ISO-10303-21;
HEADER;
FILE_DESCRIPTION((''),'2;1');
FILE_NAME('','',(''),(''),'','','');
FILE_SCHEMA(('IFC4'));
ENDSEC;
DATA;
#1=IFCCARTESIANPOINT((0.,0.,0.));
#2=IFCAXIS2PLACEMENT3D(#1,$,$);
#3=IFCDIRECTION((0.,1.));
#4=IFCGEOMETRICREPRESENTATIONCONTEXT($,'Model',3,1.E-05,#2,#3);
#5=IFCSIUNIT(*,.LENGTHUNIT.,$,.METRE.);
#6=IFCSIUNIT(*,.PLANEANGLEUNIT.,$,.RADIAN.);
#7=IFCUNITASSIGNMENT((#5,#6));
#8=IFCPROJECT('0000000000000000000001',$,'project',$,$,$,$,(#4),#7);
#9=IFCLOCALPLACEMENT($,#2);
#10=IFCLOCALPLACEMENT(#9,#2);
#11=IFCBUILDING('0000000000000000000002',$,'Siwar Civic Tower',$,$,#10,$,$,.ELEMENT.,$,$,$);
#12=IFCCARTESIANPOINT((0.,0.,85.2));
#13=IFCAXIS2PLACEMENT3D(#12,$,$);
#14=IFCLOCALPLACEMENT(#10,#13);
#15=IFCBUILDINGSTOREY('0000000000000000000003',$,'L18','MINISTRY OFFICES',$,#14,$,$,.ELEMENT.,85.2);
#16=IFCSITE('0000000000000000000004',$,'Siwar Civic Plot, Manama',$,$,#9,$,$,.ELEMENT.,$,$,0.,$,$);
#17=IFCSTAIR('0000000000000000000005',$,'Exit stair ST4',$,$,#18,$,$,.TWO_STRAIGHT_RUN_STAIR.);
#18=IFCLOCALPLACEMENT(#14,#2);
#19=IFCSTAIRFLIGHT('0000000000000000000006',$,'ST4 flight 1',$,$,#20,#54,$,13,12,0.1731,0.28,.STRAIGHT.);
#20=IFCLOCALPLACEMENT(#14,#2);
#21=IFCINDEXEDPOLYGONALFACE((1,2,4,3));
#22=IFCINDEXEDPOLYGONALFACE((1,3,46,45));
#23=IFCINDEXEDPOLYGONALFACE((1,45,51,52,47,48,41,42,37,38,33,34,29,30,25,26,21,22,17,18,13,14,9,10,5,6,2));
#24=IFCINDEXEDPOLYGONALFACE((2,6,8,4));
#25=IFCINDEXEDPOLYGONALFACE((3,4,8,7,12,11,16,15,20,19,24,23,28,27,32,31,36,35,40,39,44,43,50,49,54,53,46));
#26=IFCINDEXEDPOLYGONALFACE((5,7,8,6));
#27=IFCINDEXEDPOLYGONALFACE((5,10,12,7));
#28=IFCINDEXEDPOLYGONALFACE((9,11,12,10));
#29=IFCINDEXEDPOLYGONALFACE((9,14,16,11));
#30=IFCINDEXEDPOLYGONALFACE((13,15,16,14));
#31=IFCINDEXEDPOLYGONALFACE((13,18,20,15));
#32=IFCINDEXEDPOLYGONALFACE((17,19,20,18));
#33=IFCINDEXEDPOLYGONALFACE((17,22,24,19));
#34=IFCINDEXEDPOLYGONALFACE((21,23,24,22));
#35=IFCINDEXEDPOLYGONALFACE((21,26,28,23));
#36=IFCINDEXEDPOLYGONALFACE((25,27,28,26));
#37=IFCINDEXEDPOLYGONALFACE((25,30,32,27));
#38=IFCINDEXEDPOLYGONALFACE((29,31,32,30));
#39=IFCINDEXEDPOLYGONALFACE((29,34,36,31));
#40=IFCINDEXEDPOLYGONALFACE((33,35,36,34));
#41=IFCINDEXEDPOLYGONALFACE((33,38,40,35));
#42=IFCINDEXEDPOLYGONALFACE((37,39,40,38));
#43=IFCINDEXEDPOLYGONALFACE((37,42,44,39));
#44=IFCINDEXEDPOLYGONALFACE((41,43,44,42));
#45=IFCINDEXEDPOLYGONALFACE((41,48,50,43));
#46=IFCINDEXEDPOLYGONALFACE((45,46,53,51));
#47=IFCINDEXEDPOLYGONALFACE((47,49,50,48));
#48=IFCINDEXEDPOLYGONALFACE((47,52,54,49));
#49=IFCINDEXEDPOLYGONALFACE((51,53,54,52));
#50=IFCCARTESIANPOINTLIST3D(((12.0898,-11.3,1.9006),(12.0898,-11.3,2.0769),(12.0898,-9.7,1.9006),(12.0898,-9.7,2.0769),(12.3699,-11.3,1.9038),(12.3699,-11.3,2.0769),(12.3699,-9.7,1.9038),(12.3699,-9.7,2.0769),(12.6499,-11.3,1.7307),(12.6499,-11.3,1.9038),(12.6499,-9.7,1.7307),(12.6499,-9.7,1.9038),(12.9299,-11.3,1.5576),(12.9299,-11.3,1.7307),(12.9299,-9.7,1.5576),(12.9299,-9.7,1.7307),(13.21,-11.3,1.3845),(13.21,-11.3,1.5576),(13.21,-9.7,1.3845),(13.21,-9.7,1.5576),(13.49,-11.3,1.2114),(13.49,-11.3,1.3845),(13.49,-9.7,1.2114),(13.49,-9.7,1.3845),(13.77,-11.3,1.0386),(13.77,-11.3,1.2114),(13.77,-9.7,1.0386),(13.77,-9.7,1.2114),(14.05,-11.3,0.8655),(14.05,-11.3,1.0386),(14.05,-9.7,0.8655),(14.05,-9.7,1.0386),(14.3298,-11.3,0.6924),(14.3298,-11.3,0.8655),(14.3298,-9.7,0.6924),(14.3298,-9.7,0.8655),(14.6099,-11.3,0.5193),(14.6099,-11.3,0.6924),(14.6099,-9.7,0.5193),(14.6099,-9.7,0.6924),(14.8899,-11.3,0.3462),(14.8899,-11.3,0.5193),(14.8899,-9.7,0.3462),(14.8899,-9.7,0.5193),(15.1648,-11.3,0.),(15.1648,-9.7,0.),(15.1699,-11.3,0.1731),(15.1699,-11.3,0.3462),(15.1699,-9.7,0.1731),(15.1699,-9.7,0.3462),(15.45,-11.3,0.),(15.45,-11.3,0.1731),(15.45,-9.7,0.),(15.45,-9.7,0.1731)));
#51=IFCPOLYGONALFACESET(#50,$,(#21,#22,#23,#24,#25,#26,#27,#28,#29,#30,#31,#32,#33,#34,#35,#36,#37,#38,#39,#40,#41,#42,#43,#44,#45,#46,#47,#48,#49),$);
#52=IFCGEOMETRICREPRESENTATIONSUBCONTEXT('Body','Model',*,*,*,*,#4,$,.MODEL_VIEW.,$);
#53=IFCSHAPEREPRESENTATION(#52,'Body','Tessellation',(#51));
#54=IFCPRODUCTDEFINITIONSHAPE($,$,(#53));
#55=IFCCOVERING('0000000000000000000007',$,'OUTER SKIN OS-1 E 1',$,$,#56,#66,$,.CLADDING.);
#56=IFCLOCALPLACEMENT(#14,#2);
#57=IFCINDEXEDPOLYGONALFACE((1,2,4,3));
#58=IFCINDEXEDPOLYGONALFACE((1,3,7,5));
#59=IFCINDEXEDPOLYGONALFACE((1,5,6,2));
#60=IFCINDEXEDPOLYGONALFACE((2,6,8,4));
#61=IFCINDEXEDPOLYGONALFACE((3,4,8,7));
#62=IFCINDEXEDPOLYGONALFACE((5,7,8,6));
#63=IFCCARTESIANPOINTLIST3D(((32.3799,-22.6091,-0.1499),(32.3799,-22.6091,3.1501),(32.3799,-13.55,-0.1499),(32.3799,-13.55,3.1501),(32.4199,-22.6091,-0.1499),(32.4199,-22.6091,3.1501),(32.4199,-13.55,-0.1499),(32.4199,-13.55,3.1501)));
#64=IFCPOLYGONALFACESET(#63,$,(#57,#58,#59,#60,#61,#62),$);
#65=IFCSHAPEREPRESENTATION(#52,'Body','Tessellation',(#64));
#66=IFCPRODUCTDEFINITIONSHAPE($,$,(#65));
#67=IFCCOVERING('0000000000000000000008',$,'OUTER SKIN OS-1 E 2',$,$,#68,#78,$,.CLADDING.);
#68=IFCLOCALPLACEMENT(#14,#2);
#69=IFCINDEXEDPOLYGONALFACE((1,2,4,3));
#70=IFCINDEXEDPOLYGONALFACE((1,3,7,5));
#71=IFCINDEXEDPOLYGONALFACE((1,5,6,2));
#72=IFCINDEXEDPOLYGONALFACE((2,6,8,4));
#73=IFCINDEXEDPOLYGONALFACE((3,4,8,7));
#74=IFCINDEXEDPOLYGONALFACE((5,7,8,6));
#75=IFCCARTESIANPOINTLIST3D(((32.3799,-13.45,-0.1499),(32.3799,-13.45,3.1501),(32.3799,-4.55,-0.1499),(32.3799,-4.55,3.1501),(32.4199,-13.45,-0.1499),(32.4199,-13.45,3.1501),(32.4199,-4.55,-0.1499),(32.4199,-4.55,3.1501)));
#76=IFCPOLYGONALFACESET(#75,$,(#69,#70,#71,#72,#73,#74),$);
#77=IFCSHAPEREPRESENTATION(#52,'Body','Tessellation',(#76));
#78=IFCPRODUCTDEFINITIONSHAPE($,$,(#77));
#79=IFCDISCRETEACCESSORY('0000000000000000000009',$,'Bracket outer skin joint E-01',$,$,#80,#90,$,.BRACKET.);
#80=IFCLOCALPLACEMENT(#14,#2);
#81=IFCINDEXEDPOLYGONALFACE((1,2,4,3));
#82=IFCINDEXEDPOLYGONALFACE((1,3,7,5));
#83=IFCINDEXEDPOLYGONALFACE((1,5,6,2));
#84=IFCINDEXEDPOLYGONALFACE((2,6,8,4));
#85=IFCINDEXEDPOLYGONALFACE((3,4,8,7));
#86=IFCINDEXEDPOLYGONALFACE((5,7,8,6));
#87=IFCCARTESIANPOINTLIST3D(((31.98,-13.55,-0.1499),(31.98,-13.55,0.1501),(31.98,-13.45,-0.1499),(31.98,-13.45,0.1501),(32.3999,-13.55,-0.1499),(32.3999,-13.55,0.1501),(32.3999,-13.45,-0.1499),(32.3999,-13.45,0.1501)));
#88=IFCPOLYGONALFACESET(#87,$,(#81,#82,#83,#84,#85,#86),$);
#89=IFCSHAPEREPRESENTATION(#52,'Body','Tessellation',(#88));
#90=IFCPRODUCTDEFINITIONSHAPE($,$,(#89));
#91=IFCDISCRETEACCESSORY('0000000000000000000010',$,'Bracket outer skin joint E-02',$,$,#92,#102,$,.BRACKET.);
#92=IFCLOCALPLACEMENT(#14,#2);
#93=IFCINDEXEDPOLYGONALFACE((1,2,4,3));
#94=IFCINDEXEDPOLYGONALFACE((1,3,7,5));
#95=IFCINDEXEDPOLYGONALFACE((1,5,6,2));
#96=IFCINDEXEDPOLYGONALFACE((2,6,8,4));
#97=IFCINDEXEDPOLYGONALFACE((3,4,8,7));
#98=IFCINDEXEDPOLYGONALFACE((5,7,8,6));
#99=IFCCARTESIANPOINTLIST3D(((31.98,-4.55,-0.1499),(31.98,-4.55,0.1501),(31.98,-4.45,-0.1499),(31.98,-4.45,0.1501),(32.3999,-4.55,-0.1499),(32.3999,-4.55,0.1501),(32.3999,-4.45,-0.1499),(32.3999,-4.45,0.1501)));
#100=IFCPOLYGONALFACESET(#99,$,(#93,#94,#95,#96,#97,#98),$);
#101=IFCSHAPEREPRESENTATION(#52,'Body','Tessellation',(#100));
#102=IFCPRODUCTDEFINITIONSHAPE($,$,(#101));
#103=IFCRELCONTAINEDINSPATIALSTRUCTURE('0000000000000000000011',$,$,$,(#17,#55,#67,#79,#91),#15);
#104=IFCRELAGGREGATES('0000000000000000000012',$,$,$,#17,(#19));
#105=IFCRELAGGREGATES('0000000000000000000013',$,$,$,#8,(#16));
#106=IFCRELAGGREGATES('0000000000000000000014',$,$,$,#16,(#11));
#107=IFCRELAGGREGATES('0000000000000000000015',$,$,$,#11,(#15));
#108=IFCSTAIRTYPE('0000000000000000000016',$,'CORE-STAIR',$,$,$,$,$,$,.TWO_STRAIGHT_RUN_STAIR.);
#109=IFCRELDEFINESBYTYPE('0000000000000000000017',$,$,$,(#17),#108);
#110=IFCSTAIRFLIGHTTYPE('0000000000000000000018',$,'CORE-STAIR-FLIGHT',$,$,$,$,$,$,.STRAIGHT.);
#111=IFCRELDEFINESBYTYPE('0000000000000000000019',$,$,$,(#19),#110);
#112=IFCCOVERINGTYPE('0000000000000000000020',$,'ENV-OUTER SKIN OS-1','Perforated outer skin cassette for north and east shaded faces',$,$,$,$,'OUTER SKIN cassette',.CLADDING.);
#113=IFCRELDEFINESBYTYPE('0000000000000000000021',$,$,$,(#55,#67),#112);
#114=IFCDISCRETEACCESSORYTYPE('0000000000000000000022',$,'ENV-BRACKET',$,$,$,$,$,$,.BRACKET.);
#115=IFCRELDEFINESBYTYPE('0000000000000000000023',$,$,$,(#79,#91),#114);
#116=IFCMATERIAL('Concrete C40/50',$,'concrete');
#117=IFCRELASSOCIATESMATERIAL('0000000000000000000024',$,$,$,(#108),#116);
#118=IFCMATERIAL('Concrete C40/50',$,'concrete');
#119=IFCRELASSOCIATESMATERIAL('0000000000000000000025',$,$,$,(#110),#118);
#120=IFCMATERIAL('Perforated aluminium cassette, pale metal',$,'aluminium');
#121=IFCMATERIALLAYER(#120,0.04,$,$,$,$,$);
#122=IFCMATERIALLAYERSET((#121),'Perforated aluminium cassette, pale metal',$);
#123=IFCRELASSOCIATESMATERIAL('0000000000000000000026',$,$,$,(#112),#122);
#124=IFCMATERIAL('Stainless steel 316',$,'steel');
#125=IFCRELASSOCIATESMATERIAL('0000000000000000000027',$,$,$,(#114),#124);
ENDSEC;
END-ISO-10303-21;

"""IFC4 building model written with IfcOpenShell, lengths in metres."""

from ifc_helpers import new_model, si_unit, direction, frame, origin, origin_2d, place, context, subcontext, project, spatial, polyline, rectangle, outline, extrude, material, layer, layer_set, type_object, element, aggregate, save


model = new_model("IFC4")

# Units and contexts
model_context = context("Model", 3, precision=1e-05, world=origin(), true_north=direction((0.0, 1.0)))
body_context = subcontext(model_context, "Body", "Model", "MODEL_VIEW")
ifc_project = project(units=[si_unit("LENGTHUNIT", "METRE"), si_unit("PLANEANGLEUNIT", "RADIAN")], contexts=[model_context])

# Site, building, storey
site_placement = place(None, origin())
site = spatial("IfcSite", under=ifc_project, at=site_placement, Name="Siwar Civic Plot, Manama", CompositionType="ELEMENT", RefElevation=0.0)
building_placement = place(site_placement, origin())
building = spatial("IfcBuilding", under=site, at=building_placement, Name="Siwar Civic Tower", CompositionType="ELEMENT")
storey_placement = place(building_placement, frame((0.0, 0.0, 85.2)))
storey = spatial("IfcBuildingStorey", under=building, at=storey_placement, Name="L18", Description="MINISTRY OFFICES", CompositionType="ELEMENT", Elevation=85.2)

# Stair, stair flight
ifc_material_1 = material(Name="Concrete C40/50", Category="concrete")
stair_type = type_object("IfcStairType", Name="CORE-STAIR", PredefinedType="TWO_STRAIGHT_RUN_STAIR", material=ifc_material_1)
stair_placement = place(storey_placement, origin())
stair = element("IfcStair", 1, at=stair_placement, inside=storey, type_object=stair_type, Name="Exit stair ST4", PredefinedType="TWO_STRAIGHT_RUN_STAIR")
ifc_material_2 = material(Name="Concrete C40/50", Category="concrete")
stair_flight_type = type_object("IfcStairFlightType", Name="CORE-STAIR-FLIGHT", PredefinedType="STRAIGHT", material=ifc_material_2)
stair_flight_placement = place(storey_placement, frame((15.45, -10.5, 0.0), z_axis=(0.0, 0.0, 1.0), x_axis=(-1.0, 0.0, 0.0)))
stair_flight = element("IfcStairFlight", 2, at=stair_flight_placement, type_object=stair_flight_type, Name="ST4 flight 1", NumberOfRisers=13, NumberOfTreads=12, PredefinedType="STRAIGHT", RiserHeight=0.1731, TreadLength=0.28, context=body_context, shape_type="SweptSolid", body=[
    extrude(outline(polyline([(0.0, 0.0), (0.0, 0.1731), (0.28, 0.1731), (0.28, 0.3462), (0.5601, 0.3462), (0.5601, 0.5193), (0.8401, 0.5193), (0.8401, 0.6924), (1.1201, 0.6924), (1.1201, 0.8655), (1.3999, 0.8655), (1.3999, 1.0386), (1.6799, 1.0386), (1.6799, 1.2114), (1.96, 1.2114), (1.96, 1.3845), (2.24, 1.3845), (2.24, 1.5576), (2.52, 1.5576), (2.52, 1.7307), (2.8, 1.7307), (2.8, 1.9038), (3.0801, 1.9038), (3.0801, 2.0769), (3.3601, 2.0769), (3.3601, 2.25), (3.3601, 1.9006), (0.2852, 0.0), (0.0, 0.0)])), frame((0.0, 0.8, 0.0), z_axis=(0.0, -1.0, 0.0), x_axis=(1.0, 0.0, 0.0)), (0.0, 0.0, 1.0), 1.6001),
])
aggregate(stair, [stair_flight])

# Coverings
ifc_material_3 = material(Name="Perforated aluminium cassette, pale metal", Category="aluminium")
ifc_layer_1 = layer(ifc_material_3, 0.04)
ifc_layer_set_1 = layer_set([ifc_layer_1], Name="Perforated aluminium cassette, pale metal")
covering_type = type_object("IfcCoveringType", Name="ENV-OUTER SKIN OS-1", Description="Perforated outer skin cassette for north and east shaded faces", ElementType="OUTER SKIN cassette", PredefinedType="CLADDING", material=ifc_layer_set_1)
covering_1_placement = place(storey_placement, frame((32.3999, -18.0796, -0.1499), z_axis=(0.0, 0.0, 1.0), x_axis=(0.0, 1.0, 0.0)))
element("IfcCovering", 3, at=covering_1_placement, inside=storey, type_object=covering_type, Name="OUTER SKIN OS-1 E 1", PredefinedType="CLADDING", context=body_context, shape_type="SweptSolid", body=[
    extrude(rectangle(XDim=9.0591, YDim=0.04, at=origin_2d()), origin(), (0.0, 0.0, 1.0), 3.3),
])
covering_2_placement = place(storey_placement, frame((32.3999, -9.0, -0.1499), z_axis=(0.0, 0.0, 1.0), x_axis=(0.0, 1.0, 0.0)))
element("IfcCovering", 4, at=covering_2_placement, inside=storey, type_object=covering_type, Name="OUTER SKIN OS-1 E 2", PredefinedType="CLADDING", context=body_context, shape_type="SweptSolid", body=[
    extrude(rectangle(XDim=8.8999, YDim=0.04, at=origin_2d()), origin(), (0.0, 0.0, 1.0), 3.3),
])

# Discrete accessories
ifc_material_4 = material(Name="Stainless steel 316", Category="steel")
discrete_accessory_type = type_object("IfcDiscreteAccessoryType", Name="ENV-BRACKET", PredefinedType="BRACKET", material=ifc_material_4)
for number, where, z_axis, x_axis, name in (
    (5, (32.1899, -13.5, -0.1499), (0.0, 0.0, 1.0), (1.0, 0.0, 0.0), "Bracket outer skin joint E-01"),
    (6, (32.1899, -4.5, -0.1499), (0.0, 0.0, 1.0), (1.0, 0.0, 0.0), "Bracket outer skin joint E-02"),
):
    element("IfcDiscreteAccessory", number, at=place(storey_placement, frame(where, z_axis=z_axis, x_axis=x_axis)), inside=storey, type_object=discrete_accessory_type, Name=name, PredefinedType="BRACKET", context=body_context, shape_type="SweptSolid", body=[
        extrude(rectangle(XDim=0.4199, YDim=0.1001, at=origin_2d()), origin(), (0.0, 0.0, 1.0), 0.3),
    ])

save(model, "model.ifc")
